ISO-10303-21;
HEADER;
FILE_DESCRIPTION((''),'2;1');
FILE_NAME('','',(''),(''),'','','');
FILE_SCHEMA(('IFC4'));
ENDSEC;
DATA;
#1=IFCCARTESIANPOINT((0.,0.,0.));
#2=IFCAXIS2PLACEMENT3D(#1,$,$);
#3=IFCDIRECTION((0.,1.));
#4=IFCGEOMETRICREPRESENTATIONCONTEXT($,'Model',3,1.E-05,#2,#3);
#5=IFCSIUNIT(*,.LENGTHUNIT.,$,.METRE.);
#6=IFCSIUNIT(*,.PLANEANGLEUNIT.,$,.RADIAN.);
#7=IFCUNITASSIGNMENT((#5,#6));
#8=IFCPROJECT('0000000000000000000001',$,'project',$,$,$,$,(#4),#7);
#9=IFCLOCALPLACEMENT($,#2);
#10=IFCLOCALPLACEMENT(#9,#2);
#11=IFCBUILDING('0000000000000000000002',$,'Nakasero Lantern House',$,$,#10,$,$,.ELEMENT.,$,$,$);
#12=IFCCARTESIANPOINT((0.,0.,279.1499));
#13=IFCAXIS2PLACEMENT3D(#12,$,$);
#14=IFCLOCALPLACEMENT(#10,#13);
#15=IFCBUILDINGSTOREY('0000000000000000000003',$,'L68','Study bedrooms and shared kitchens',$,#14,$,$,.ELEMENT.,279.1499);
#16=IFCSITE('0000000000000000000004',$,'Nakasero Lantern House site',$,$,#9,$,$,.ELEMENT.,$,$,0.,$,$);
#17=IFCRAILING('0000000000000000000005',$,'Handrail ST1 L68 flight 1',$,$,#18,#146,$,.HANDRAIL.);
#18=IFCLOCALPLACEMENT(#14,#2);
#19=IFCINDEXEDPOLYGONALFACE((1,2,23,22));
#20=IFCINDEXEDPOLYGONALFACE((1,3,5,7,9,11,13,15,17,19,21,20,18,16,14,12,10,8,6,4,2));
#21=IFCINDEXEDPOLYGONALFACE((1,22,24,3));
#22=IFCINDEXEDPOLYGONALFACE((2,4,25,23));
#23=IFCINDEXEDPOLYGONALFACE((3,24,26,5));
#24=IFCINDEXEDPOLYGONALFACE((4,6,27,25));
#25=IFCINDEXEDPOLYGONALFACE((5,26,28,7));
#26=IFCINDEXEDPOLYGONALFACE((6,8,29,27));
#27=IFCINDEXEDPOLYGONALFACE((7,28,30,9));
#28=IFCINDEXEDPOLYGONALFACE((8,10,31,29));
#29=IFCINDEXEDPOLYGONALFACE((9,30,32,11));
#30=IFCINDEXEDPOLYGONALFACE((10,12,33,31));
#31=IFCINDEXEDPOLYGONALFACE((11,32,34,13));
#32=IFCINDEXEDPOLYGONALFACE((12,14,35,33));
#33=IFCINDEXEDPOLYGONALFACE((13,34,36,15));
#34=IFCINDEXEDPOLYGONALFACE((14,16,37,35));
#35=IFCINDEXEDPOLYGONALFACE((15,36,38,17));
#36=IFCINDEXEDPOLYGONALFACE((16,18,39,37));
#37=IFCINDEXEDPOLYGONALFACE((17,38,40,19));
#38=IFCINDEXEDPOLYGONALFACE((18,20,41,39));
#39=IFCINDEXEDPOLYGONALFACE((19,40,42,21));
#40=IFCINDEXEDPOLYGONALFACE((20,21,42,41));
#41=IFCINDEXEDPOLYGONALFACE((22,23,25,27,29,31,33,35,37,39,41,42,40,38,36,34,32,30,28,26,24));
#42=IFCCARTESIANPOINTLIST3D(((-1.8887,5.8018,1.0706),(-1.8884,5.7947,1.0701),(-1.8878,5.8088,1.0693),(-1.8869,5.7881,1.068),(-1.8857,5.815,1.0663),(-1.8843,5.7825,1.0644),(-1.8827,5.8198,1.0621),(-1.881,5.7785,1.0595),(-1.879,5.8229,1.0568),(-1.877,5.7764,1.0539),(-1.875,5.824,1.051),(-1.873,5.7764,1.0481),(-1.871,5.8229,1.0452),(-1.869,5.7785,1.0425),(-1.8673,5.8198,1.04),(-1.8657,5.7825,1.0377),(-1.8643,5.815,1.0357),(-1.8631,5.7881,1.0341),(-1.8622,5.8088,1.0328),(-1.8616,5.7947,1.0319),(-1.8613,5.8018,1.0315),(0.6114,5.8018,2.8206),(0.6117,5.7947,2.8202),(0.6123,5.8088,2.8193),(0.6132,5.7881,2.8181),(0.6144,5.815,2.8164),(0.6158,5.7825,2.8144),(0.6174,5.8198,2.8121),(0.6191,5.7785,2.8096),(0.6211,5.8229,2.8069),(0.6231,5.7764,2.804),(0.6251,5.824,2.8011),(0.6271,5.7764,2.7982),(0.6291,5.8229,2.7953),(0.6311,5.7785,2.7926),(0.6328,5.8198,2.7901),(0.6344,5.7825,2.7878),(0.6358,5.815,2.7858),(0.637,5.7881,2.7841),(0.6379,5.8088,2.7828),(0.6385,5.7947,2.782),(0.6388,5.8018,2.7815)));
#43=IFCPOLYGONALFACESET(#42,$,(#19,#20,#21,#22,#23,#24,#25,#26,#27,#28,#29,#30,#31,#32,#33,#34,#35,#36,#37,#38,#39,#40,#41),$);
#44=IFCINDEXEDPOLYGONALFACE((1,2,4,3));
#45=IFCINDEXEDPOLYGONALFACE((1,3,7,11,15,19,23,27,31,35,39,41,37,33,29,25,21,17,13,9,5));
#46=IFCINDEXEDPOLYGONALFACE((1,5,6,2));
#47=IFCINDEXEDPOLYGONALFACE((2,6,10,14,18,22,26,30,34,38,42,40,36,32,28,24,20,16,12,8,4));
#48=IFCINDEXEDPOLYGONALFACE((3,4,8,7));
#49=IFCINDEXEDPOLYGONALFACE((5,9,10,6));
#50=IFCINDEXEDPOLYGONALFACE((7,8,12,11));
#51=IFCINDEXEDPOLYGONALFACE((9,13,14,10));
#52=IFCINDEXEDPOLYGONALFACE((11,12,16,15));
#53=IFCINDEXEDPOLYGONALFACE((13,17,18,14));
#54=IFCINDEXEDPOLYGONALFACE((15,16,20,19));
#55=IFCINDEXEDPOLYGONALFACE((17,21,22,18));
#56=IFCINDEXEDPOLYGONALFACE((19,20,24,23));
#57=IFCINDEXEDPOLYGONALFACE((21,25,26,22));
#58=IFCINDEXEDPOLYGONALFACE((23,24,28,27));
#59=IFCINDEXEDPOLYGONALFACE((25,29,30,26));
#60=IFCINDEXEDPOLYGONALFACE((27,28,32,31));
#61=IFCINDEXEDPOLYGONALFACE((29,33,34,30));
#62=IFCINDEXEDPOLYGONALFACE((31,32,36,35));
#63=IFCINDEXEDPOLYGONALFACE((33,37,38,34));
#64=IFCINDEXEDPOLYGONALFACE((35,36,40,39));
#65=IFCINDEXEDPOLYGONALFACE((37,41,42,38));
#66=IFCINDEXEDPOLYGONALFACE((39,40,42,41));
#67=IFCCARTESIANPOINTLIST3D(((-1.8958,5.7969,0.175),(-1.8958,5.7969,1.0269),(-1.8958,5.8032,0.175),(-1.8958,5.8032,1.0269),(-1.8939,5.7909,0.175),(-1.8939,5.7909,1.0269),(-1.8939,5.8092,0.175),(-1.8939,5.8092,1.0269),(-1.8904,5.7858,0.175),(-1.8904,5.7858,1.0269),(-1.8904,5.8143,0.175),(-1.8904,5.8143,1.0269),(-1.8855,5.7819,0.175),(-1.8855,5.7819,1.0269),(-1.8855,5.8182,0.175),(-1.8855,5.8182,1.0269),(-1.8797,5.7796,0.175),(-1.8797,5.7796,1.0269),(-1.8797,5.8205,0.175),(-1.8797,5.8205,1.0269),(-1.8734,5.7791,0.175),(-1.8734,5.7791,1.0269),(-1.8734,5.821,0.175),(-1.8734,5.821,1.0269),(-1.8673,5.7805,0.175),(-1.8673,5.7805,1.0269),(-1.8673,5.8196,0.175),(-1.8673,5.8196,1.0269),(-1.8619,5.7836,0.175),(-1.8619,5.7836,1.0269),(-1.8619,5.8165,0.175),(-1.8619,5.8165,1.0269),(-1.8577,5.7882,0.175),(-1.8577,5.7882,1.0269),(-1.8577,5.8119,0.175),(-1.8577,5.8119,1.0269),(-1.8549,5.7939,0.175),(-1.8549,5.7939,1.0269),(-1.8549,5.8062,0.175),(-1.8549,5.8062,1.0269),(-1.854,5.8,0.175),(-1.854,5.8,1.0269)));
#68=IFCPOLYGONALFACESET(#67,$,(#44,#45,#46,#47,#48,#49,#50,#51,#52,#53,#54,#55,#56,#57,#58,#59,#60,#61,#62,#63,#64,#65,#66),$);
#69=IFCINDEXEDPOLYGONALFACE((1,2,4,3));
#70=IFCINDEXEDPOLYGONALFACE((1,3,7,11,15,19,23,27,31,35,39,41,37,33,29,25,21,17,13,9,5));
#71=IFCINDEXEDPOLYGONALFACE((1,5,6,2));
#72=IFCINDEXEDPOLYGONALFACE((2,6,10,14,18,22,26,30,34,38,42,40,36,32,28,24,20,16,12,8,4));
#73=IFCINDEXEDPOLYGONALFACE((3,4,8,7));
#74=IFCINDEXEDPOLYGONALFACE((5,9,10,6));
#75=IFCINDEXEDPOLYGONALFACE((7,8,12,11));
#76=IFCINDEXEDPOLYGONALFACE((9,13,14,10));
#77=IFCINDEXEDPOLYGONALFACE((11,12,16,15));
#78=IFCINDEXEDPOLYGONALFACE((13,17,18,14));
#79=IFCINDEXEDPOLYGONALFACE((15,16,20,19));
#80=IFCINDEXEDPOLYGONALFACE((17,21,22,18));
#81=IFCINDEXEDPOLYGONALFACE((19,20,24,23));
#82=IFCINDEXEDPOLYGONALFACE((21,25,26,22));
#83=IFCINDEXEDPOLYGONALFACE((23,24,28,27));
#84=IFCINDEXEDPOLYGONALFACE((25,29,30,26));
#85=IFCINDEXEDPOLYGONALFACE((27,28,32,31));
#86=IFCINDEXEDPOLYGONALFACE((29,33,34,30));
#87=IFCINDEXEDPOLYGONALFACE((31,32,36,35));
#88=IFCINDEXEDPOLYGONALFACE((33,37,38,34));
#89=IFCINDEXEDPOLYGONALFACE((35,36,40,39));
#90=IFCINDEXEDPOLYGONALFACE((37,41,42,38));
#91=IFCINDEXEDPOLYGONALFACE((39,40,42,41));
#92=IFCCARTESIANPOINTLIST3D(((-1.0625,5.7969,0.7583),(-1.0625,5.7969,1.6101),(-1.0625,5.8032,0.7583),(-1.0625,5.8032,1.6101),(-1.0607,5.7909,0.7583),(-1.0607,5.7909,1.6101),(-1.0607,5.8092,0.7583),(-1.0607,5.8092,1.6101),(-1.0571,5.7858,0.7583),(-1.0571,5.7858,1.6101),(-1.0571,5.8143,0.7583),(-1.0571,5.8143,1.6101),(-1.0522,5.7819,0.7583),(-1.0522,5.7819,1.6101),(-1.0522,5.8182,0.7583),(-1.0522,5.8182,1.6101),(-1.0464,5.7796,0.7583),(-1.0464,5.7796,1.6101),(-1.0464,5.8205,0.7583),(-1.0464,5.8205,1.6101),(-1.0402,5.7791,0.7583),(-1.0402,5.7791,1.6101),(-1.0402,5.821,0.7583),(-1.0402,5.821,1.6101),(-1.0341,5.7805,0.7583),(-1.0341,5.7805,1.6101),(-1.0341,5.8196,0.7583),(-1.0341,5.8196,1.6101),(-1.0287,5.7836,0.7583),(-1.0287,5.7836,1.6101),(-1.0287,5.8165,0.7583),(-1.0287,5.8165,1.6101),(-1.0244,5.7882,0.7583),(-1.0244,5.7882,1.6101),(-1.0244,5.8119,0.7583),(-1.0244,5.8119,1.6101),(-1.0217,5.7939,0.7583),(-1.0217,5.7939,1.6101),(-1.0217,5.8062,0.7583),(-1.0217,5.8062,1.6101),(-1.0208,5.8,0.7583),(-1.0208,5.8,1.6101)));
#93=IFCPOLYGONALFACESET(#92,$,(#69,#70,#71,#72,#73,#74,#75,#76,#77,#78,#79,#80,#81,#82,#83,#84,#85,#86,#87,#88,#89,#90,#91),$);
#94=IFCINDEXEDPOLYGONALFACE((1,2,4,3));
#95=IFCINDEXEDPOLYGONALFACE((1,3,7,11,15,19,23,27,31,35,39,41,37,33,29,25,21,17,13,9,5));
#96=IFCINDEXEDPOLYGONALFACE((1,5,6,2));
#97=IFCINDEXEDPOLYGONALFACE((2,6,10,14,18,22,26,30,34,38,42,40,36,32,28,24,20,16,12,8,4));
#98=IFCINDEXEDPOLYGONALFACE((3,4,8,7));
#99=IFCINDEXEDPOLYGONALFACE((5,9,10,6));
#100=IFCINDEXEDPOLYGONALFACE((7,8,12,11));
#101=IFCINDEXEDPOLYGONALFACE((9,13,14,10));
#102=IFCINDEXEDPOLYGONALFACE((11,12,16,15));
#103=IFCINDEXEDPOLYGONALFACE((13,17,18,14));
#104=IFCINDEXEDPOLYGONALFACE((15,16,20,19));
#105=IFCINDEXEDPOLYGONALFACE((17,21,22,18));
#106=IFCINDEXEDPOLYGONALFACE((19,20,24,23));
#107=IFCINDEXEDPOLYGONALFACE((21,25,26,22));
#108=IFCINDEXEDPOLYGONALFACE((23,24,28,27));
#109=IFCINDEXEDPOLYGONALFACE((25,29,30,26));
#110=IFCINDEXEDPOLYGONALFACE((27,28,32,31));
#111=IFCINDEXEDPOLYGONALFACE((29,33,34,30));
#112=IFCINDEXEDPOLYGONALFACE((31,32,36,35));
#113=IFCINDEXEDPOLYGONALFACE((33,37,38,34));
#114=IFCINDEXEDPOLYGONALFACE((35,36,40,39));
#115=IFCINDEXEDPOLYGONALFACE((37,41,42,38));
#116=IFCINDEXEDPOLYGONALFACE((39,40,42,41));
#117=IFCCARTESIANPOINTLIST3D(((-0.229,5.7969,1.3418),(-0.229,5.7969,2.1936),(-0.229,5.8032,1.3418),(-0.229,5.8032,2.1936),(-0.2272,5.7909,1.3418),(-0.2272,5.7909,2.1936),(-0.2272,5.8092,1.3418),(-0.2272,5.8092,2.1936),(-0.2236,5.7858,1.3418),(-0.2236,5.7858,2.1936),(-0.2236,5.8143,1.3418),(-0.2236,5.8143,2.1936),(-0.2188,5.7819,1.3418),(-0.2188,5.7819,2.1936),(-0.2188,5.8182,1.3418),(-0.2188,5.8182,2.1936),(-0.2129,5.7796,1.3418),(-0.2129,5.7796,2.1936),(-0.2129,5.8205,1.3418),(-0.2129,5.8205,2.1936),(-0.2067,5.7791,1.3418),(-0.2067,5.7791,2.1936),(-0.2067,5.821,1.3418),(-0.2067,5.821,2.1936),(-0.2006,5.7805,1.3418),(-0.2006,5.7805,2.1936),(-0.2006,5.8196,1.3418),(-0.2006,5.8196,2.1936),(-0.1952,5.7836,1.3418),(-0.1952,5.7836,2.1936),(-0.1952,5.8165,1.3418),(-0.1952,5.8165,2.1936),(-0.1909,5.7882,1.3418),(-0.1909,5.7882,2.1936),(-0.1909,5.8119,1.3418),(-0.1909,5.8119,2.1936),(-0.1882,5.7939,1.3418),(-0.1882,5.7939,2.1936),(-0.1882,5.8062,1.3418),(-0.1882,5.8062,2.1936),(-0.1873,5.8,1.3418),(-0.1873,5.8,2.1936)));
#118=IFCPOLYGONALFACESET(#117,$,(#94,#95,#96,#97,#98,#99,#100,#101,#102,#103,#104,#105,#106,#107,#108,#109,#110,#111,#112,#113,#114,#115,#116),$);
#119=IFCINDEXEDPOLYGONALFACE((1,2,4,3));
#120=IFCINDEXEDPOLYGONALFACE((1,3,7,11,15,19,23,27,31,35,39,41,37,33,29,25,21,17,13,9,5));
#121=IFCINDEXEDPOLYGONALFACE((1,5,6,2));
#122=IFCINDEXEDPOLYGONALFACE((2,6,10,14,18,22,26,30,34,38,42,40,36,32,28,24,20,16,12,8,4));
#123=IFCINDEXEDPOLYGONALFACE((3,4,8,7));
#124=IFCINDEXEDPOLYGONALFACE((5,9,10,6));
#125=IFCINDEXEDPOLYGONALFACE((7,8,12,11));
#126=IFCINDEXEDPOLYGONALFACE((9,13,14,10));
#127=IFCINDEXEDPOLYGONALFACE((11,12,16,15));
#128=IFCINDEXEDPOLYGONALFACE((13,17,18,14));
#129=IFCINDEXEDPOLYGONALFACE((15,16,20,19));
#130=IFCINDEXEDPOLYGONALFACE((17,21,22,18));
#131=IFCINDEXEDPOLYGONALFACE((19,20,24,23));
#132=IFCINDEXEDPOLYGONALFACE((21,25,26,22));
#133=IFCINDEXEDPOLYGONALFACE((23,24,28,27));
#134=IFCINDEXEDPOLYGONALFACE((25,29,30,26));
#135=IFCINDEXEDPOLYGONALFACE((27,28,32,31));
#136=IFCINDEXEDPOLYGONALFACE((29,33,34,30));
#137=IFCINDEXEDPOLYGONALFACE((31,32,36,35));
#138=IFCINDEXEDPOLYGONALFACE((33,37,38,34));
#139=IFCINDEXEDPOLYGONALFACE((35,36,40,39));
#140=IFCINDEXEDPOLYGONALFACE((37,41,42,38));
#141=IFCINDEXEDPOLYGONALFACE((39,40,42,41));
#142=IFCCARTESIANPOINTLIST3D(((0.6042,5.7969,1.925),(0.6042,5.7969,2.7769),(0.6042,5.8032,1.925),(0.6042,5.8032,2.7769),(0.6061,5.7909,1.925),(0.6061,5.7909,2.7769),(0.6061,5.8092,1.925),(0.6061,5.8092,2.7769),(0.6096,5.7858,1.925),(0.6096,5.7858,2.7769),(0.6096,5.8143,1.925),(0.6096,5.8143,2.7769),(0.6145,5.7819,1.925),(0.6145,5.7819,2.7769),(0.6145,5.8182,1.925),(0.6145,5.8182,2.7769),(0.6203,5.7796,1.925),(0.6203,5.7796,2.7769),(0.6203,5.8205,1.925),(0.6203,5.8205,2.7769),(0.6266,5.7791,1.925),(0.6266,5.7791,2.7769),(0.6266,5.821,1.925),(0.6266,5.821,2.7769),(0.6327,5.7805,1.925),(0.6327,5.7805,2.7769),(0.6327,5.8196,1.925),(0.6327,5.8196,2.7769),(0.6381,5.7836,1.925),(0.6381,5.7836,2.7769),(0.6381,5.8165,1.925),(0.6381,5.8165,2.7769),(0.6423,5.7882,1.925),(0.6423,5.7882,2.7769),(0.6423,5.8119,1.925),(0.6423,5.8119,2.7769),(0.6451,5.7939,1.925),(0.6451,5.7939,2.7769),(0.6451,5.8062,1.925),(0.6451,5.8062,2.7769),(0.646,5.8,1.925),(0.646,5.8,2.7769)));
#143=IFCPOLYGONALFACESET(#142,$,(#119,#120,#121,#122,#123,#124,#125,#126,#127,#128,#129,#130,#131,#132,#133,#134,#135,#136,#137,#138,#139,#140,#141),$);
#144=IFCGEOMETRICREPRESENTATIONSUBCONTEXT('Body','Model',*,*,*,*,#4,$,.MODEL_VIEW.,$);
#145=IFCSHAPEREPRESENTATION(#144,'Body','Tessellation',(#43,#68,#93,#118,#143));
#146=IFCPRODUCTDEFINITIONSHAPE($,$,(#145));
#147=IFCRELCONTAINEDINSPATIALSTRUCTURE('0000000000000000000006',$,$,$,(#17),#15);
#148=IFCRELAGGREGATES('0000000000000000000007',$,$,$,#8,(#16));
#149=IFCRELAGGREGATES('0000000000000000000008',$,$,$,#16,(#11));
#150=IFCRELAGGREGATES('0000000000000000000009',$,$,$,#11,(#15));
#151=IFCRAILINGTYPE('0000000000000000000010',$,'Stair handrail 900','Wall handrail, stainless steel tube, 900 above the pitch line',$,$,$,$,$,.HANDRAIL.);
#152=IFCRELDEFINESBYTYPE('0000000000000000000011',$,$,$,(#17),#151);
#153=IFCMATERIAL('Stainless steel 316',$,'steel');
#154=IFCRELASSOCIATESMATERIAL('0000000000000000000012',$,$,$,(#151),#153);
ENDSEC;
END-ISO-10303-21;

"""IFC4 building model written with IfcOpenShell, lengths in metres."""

from ifc_helpers import new_model, si_unit, direction, frame, origin, origin_2d, place, context, subcontext, project, spatial, circle, extrude, material, type_object, element, save


model = new_model("IFC4")

# Units and contexts
model_context = context("Model", 3, precision=1e-05, world=origin(), true_north=direction((0.0, 1.0)))
body_context = subcontext(model_context, "Body", "Model", "MODEL_VIEW")
ifc_project = project(units=[si_unit("LENGTHUNIT", "METRE"), si_unit("PLANEANGLEUNIT", "RADIAN")], contexts=[model_context])

# Site, building, storey
site_placement = place(None, origin())
site = spatial("IfcSite", under=ifc_project, at=site_placement, Name="Nakasero Lantern House site", CompositionType="ELEMENT", RefElevation=0.0)
building_placement = place(site_placement, origin())
building = spatial("IfcBuilding", under=site, at=building_placement, Name="Nakasero Lantern House", CompositionType="ELEMENT")
storey_placement = place(building_placement, frame((0.0, 0.0, 279.1499)))
storey = spatial("IfcBuildingStorey", under=building, at=storey_placement, Name="L68", Description="Study bedrooms and shared kitchens", CompositionType="ELEMENT", Elevation=279.1499)

# Railing
ifc_material_1 = material(Name="Stainless steel 316", Category="steel")
railing_type = type_object("IfcRailingType", Name="Stair handrail 900", Description="Wall handrail, stainless steel tube, 900 above the pitch line", PredefinedType="HANDRAIL", material=ifc_material_1)
railing_placement = place(storey_placement, frame((-1.875, 5.8, 0.175)))
element("IfcRailing", 1, at=railing_placement, inside=storey, type_object=railing_type, Name="Handrail ST1 L68 flight 1", PredefinedType="HANDRAIL", context=body_context, shape_type="SweptSolid", body=[
    extrude(circle(Radius=0.0239, at=origin_2d()), frame((0.0, 0.0, 0.876), z_axis=(0.819232, 0.0, 0.573462), x_axis=(0.0, 1.0, 0.0)), (0.0, 0.0, 1.0), 3.0518),
    extrude(circle(Radius=0.021, at=origin_2d()), origin(), (0.0, 0.0, 1.0), 0.8518),
    extrude(circle(Radius=0.021, at=origin_2d()), frame((0.8333, 0.0, 0.5833)), (0.0, 0.0, 1.0), 0.8518),
    extrude(circle(Radius=0.021, at=origin_2d()), frame((1.6667, 0.0, 1.1667)), (0.0, 0.0, 1.0), 0.8518),
    extrude(circle(Radius=0.021, at=origin_2d()), frame((2.5, 0.0, 1.75)), (0.0, 0.0, 1.0), 0.8518),
])

save(model, "model.ifc")
